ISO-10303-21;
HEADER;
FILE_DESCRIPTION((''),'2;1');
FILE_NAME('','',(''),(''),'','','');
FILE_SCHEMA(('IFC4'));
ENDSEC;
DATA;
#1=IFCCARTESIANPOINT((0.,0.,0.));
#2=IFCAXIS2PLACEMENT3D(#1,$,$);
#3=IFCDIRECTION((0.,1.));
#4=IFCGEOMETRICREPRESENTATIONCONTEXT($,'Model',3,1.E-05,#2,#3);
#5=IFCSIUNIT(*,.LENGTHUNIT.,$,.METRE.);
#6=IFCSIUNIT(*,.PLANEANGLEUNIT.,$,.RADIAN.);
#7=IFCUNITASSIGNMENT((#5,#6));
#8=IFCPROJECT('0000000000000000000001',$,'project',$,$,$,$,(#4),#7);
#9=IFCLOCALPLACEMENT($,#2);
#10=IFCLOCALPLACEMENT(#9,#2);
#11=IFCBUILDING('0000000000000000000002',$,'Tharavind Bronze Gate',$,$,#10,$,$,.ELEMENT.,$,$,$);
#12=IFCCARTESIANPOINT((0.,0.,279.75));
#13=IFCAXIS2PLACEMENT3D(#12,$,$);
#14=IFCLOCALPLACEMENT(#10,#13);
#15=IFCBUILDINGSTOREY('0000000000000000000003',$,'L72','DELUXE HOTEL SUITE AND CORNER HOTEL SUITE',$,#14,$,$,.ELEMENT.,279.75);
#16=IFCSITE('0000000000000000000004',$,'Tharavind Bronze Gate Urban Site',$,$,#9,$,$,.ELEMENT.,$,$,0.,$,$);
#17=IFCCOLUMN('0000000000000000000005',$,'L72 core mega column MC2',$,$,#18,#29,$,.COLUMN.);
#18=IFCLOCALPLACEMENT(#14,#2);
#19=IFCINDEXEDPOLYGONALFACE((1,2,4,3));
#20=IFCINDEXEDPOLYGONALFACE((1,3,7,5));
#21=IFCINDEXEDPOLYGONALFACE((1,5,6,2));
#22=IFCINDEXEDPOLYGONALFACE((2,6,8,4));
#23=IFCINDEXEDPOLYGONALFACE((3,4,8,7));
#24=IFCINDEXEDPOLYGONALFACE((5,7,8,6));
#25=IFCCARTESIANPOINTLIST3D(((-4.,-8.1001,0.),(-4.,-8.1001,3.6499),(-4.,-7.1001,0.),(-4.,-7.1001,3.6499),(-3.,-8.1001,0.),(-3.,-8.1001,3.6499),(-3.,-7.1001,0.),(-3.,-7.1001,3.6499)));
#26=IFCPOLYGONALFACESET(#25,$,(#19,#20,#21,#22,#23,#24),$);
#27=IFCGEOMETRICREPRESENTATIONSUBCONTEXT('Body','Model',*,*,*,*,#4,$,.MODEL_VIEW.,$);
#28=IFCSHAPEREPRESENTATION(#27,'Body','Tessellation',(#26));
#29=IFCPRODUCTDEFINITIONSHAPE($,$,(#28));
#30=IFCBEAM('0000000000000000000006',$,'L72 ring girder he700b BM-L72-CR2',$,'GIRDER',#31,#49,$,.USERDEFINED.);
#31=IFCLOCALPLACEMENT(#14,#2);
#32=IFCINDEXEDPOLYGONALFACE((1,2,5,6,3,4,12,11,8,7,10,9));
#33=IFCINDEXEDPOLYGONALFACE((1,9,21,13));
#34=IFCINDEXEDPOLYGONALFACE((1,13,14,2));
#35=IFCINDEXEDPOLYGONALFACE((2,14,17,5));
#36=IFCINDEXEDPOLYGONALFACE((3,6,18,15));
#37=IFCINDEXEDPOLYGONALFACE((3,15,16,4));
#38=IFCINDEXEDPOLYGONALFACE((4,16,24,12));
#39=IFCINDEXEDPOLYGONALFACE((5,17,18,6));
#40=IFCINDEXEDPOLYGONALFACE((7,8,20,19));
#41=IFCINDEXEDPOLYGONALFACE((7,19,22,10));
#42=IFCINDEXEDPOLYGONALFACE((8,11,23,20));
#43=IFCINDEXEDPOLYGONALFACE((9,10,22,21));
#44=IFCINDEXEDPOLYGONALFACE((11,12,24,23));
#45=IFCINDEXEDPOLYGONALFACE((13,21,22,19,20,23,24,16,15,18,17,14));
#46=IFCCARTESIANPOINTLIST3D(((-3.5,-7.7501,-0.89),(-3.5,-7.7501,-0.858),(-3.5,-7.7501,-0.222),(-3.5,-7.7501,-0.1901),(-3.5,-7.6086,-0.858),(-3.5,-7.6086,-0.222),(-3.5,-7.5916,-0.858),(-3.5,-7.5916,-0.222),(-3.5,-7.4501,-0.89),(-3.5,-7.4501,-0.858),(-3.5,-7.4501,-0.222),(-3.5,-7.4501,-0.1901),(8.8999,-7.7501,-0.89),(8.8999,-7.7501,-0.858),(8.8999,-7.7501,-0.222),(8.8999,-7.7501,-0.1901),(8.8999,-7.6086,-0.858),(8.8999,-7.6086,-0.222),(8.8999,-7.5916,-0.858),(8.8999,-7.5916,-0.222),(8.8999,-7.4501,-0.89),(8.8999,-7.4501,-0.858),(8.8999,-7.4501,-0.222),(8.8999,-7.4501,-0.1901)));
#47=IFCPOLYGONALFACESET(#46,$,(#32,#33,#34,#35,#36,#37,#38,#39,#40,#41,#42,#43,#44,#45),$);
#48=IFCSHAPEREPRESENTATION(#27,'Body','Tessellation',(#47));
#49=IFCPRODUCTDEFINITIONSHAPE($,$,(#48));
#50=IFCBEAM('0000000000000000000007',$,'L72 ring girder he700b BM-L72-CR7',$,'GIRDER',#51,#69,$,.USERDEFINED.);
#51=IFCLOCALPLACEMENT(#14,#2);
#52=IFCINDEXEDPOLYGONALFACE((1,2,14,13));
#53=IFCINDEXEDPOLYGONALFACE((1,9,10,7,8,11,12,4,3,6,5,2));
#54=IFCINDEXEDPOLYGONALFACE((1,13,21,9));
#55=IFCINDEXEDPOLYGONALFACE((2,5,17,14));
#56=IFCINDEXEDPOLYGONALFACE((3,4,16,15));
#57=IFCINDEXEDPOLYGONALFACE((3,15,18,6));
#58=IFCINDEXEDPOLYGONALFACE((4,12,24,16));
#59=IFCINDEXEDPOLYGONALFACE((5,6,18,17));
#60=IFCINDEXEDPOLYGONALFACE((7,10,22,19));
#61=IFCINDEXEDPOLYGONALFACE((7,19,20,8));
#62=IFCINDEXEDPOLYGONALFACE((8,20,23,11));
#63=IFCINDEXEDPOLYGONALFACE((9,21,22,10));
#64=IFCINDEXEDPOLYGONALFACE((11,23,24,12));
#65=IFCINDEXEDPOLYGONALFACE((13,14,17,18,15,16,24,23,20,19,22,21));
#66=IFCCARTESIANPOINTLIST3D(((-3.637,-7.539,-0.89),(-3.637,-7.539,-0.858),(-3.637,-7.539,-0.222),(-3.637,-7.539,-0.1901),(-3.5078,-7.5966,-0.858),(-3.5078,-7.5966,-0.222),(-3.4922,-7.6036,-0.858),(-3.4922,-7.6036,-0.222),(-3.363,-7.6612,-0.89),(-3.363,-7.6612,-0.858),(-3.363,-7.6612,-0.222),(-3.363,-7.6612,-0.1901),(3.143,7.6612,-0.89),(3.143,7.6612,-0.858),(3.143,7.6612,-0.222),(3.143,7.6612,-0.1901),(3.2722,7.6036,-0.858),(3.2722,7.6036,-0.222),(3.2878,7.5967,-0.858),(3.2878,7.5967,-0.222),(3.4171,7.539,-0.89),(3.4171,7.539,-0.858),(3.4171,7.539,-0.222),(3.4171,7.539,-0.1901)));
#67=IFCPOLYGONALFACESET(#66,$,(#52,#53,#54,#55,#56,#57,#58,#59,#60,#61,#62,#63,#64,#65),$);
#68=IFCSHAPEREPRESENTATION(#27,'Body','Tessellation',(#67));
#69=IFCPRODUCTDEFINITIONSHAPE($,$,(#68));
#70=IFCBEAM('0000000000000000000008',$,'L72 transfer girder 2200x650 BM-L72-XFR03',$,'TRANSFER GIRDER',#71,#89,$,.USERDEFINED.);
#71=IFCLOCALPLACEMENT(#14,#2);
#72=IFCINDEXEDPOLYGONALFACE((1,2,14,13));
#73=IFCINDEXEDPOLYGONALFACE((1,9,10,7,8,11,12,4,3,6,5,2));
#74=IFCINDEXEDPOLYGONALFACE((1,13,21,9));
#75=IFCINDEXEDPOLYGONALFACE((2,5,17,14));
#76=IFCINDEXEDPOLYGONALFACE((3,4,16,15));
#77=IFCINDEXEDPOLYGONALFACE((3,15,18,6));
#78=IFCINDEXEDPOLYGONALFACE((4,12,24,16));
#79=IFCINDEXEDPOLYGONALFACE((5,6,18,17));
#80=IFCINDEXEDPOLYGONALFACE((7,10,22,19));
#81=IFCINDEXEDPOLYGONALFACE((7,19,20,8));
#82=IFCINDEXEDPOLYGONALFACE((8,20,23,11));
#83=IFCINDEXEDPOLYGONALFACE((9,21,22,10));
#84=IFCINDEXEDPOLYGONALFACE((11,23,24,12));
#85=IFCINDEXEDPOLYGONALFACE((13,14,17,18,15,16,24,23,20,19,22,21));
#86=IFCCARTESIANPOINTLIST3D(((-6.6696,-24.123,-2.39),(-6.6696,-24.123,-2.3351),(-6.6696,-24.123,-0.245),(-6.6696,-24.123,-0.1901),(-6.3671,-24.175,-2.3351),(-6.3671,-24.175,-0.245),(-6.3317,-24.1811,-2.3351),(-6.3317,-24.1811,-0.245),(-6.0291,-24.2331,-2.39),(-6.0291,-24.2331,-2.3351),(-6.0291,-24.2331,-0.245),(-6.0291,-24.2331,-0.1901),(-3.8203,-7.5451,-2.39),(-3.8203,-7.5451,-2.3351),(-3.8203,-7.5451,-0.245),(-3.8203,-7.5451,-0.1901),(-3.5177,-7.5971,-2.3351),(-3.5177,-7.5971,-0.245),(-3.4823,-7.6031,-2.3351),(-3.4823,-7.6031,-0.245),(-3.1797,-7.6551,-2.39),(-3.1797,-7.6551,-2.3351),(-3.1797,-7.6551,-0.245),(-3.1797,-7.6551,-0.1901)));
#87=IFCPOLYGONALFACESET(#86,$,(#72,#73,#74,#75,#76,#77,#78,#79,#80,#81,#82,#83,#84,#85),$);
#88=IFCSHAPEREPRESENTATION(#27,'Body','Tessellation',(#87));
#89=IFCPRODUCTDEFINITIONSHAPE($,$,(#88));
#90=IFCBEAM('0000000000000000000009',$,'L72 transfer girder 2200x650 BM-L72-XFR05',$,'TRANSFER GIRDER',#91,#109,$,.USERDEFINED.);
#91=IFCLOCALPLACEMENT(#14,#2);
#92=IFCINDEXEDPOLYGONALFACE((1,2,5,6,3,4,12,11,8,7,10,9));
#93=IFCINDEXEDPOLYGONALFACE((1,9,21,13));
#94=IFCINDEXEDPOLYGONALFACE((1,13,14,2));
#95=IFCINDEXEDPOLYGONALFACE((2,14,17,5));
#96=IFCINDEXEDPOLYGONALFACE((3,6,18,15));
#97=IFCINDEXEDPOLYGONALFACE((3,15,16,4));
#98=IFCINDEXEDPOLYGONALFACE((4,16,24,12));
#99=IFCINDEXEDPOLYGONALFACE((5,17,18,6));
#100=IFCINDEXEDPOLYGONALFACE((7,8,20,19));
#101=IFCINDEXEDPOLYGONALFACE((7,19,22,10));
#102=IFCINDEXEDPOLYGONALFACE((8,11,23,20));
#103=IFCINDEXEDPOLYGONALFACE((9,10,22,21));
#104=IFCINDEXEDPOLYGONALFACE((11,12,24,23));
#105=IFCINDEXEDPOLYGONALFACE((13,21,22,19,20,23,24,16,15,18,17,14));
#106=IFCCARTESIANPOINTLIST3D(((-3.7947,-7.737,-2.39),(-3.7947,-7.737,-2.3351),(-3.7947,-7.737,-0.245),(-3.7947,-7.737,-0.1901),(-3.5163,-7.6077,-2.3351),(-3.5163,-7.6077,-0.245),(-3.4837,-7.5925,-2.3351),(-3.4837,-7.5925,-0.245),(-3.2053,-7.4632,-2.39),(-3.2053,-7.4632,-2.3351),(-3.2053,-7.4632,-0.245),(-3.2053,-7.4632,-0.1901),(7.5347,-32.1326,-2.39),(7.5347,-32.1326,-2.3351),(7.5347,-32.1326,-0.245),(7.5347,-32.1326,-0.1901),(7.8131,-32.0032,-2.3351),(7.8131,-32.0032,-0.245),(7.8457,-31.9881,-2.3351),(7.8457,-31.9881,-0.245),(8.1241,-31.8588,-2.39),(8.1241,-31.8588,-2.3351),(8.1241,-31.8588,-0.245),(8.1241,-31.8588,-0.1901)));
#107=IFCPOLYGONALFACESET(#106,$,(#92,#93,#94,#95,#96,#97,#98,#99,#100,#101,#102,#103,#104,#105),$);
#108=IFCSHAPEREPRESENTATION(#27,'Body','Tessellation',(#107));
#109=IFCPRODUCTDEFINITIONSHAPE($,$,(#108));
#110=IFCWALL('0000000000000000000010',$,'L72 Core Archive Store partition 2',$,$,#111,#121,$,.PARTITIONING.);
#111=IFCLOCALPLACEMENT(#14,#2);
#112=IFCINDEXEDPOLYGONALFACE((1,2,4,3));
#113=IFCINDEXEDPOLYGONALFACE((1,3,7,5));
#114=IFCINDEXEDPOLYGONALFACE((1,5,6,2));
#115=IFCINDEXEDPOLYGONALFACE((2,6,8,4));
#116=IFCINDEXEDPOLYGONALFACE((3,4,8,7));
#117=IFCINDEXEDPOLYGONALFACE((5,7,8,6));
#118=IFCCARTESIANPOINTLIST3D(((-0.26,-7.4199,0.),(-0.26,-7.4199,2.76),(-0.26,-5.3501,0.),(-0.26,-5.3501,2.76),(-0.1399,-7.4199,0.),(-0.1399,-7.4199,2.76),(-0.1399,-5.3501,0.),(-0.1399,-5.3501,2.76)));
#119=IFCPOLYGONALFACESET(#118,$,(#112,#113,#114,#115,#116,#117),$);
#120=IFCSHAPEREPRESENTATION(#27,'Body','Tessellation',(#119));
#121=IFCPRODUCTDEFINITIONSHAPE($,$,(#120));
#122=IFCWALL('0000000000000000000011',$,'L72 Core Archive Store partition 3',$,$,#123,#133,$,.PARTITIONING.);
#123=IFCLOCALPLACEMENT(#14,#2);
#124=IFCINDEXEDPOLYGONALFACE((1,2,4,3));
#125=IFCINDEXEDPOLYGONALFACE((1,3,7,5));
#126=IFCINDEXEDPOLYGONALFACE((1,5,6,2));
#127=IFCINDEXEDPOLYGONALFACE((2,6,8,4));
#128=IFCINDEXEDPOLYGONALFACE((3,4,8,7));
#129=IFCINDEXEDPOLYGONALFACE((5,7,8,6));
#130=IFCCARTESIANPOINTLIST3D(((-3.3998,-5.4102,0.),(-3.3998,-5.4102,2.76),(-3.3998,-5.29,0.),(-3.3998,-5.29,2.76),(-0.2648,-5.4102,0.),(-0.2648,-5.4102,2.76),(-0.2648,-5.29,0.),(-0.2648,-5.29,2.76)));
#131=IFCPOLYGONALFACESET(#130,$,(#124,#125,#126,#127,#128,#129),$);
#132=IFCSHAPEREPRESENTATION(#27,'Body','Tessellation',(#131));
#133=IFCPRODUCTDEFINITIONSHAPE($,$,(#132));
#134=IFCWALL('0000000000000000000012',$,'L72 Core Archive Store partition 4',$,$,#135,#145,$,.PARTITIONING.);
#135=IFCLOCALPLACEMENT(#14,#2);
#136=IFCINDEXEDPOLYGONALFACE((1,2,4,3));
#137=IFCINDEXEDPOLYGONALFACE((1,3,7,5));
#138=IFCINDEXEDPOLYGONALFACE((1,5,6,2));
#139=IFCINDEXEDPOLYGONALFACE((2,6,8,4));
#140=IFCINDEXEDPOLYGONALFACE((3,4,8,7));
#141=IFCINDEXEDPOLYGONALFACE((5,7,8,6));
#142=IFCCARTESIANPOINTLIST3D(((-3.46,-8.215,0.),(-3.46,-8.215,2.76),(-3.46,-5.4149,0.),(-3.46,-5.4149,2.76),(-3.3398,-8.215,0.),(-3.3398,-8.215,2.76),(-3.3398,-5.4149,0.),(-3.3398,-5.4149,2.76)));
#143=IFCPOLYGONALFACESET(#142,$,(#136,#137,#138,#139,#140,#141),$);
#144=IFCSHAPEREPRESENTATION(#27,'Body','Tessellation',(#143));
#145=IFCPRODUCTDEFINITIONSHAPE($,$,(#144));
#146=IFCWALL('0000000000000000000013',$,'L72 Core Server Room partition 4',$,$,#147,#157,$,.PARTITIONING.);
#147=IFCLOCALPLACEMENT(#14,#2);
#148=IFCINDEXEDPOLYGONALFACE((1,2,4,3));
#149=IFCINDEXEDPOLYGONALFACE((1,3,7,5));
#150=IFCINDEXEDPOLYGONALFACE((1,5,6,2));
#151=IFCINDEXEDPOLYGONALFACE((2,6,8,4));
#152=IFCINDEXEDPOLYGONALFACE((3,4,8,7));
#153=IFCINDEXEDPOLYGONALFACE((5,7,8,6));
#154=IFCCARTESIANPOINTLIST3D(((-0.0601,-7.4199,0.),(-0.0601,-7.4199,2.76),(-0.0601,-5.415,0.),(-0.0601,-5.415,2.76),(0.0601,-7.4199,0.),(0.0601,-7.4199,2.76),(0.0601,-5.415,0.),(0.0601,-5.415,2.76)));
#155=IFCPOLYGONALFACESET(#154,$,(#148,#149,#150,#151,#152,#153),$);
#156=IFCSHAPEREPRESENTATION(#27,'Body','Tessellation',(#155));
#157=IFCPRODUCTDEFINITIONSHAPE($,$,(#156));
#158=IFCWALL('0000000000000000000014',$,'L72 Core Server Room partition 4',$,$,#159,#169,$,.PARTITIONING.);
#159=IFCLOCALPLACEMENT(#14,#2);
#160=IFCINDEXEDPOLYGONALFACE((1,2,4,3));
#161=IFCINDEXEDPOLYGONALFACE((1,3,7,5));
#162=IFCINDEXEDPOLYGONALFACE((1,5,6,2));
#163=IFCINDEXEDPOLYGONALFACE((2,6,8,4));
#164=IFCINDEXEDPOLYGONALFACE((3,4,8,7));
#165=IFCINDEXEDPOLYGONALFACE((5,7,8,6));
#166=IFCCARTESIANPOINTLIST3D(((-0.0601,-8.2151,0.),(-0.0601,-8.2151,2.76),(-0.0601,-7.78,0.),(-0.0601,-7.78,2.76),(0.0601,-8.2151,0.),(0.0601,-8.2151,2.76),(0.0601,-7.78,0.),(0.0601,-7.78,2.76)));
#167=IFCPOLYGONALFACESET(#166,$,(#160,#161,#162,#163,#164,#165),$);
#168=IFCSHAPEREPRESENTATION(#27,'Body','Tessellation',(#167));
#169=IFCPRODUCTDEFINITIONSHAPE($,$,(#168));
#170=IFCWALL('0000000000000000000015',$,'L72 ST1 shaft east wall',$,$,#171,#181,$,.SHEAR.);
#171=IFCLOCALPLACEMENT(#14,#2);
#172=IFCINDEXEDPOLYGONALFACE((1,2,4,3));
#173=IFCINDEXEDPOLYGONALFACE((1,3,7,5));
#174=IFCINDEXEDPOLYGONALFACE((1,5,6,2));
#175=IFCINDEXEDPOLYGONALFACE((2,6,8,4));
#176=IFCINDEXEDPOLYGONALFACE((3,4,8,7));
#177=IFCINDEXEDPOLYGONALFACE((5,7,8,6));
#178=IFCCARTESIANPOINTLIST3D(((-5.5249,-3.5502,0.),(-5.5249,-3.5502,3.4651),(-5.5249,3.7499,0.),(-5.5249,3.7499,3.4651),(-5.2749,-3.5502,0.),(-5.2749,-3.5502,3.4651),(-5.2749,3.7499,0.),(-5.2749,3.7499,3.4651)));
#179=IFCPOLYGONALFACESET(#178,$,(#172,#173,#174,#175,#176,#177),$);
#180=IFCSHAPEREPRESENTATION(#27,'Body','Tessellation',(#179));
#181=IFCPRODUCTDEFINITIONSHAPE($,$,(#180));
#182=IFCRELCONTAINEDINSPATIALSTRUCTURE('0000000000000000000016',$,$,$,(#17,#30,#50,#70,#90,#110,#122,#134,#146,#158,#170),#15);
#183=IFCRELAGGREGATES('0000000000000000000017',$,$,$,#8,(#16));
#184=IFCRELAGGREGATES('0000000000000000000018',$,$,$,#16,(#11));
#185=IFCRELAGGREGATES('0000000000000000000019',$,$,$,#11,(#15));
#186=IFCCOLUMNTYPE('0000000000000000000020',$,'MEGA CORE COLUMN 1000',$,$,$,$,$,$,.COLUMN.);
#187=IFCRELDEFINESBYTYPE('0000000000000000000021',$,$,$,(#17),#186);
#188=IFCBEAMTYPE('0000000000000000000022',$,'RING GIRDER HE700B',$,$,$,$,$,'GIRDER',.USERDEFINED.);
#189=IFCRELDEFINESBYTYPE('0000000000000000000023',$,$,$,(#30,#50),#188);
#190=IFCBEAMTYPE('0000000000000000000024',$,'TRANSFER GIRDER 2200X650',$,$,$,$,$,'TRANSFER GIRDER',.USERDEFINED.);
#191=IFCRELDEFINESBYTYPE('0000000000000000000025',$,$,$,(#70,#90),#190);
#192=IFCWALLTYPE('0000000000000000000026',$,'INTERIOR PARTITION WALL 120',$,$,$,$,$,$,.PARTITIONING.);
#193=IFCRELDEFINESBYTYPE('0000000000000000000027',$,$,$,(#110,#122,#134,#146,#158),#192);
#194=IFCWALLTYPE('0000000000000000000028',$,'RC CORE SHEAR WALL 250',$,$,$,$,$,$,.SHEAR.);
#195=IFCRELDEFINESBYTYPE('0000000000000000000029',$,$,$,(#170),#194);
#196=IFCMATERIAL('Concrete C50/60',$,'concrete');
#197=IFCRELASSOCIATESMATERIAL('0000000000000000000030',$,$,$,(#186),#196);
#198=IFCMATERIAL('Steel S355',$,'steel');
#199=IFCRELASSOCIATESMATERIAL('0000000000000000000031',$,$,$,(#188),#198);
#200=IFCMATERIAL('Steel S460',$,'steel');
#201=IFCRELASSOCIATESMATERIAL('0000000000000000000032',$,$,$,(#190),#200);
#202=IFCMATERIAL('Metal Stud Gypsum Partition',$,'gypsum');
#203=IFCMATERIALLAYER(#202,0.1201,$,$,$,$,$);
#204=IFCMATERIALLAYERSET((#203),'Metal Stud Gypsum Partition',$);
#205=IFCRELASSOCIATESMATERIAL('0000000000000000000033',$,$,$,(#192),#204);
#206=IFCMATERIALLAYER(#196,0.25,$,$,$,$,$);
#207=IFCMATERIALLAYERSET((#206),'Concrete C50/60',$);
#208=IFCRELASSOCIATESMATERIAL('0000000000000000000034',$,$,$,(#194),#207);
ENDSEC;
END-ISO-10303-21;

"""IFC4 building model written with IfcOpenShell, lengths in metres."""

from ifc_helpers import new_model, si_unit, direction, frame, frame_2d, origin, origin_2d, place, context, subcontext, project, spatial, rectangle, i_section, extrude, material, layer, layer_set, material_profile, profile_set, type_object, element, save


model = new_model("IFC4")

# Units and contexts
model_context = context("Model", 3, precision=1e-05, world=origin(), true_north=direction((0.0, 1.0)))
body_context = subcontext(model_context, "Body", "Model", "MODEL_VIEW")
ifc_project = project(units=[si_unit("LENGTHUNIT", "METRE"), si_unit("PLANEANGLEUNIT", "RADIAN")], contexts=[model_context])

# Site, building, storey
site_placement = place(None, origin())
site = spatial("IfcSite", under=ifc_project, at=site_placement, Name="Tharavind Bronze Gate Urban Site", CompositionType="ELEMENT", RefElevation=0.0)
building_placement = place(site_placement, origin())
building = spatial("IfcBuilding", under=site, at=building_placement, Name="Tharavind Bronze Gate", CompositionType="ELEMENT")
storey_placement = place(building_placement, frame((0.0, 0.0, 279.75)))
storey = spatial("IfcBuildingStorey", under=building, at=storey_placement, Name="L72", Description="DELUXE HOTEL SUITE AND CORNER HOTEL SUITE", CompositionType="ELEMENT", Elevation=279.75)

# Column
ifc_material_1 = material(Name="Concrete C50/60", Category="concrete")
ifc_material_profile_1 = material_profile(ifc_material_1, rectangle(XDim=1.0, YDim=1.0, at=origin_2d()), Name="RCCOL1000")
ifc_profile_set_1 = profile_set([ifc_material_profile_1], Name="Concrete C50/60")
column_type = type_object("IfcColumnType", Name="MEGA CORE COLUMN 1000", PredefinedType="COLUMN", material=ifc_profile_set_1)
column_placement = place(storey_placement, frame((-3.5, -7.6001, 0.0), z_axis=(0.0, 0.0, 1.0), x_axis=(1.0, 0.0, 0.0)))
element("IfcColumn", 1, at=column_placement, inside=storey, type_object=column_type, Name="L72 core mega column MC2", PredefinedType="COLUMN", context=body_context, shape_type="SweptSolid", body=[
    extrude(rectangle(XDim=1.0, YDim=1.0, at=origin_2d()), origin(), (0.0, 0.0, 1.0), 3.6499),
])

# Beams
ifc_material_2 = material(Name="Steel S355", Category="steel")
ifc_material_profile_2 = material_profile(ifc_material_2, i_section(OverallWidth=0.3, OverallDepth=0.7, WebThickness=0.0171, FlangeThickness=0.032, at=origin_2d()), Name="HE700B")
ifc_profile_set_2 = profile_set([ifc_material_profile_2], Name="Steel S355")
beam_type_1 = type_object("IfcBeamType", Name="RING GIRDER HE700B", ElementType="GIRDER", PredefinedType="USERDEFINED", material=ifc_profile_set_2)
beam_1_placement = place(storey_placement, frame((-3.5, -7.6001, -0.54), z_axis=(1.0, 0.0, 0.0), x_axis=(0.0, 1.0, 0.0)))
element("IfcBeam", 2, at=beam_1_placement, inside=storey, type_object=beam_type_1, Name="L72 ring girder he700b BM-L72-CR2", ObjectType="GIRDER", PredefinedType="USERDEFINED", context=body_context, shape_type="SweptSolid", body=[
    extrude(i_section(OverallWidth=0.3, OverallDepth=0.7, WebThickness=0.0171, FlangeThickness=0.032, at=origin_2d()), origin(), (0.0, 0.0, 1.0), 12.3999),
])
beam_2_placement = place(storey_placement, frame((-3.5, -7.6001, -0.54), z_axis=(0.407362, 0.913267, 0.0), x_axis=(-0.913267, 0.407362, 0.0)))
element("IfcBeam", 3, at=beam_2_placement, inside=storey, type_object=beam_type_1, Name="L72 ring girder he700b BM-L72-CR7", ObjectType="GIRDER", PredefinedType="USERDEFINED", context=body_context, shape_type="SweptSolid", body=[
    extrude(i_section(OverallWidth=0.3, OverallDepth=0.7, WebThickness=0.0171, FlangeThickness=0.032, at=origin_2d()), origin(), (0.0, 0.0, 1.0), 16.6438),
])
ifc_material_3 = material(Name="Steel S460", Category="steel")
ifc_material_profile_3 = material_profile(ifc_material_3, i_section(OverallWidth=0.6499, OverallDepth=2.2, WebThickness=0.0359, FlangeThickness=0.0549, at=origin_2d()), Name="PG2200X650")
ifc_profile_set_3 = profile_set([ifc_material_profile_3], Name="Steel S460")
beam_type_2 = type_object("IfcBeamType", Name="TRANSFER GIRDER 2200X650", ElementType="TRANSFER GIRDER", PredefinedType="USERDEFINED", material=ifc_profile_set_3)
beam_3_placement = place(storey_placement, frame((-3.5, -7.6001, -1.29), z_axis=(-0.169394, -0.985548, 0.0), x_axis=(0.985548, -0.169394, 0.0)))
element("IfcBeam", 4, at=beam_3_placement, inside=storey, type_object=beam_type_2, Name="L72 transfer girder 2200x650 BM-L72-XFR03", ObjectType="TRANSFER GIRDER", PredefinedType="USERDEFINED", context=body_context, shape_type="SweptSolid", body=[
    extrude(i_section(OverallWidth=0.6499, OverallDepth=2.2, WebThickness=0.0359, FlangeThickness=0.0549, at=origin_2d()), origin(), (0.0, 0.0, 1.0), 16.821),
])
beam_4_placement = place(storey_placement, frame((-3.5, -7.6001, -1.29), z_axis=(0.421199, -0.906968, 0.0), x_axis=(0.906968, 0.421199, 0.0)))
element("IfcBeam", 5, at=beam_4_placement, inside=storey, type_object=beam_type_2, Name="L72 transfer girder 2200x650 BM-L72-XFR05", ObjectType="TRANSFER GIRDER", PredefinedType="USERDEFINED", context=body_context, shape_type="SweptSolid", body=[
    extrude(i_section(OverallWidth=0.6499, OverallDepth=2.2, WebThickness=0.0359, FlangeThickness=0.0549, at=origin_2d()), origin(), (0.0, 0.0, 1.0), 26.8979),
])

# Walls
ifc_material_4 = material(Name="Metal Stud Gypsum Partition", Category="gypsum")
ifc_layer_1 = layer(ifc_material_4, 0.1201)
ifc_layer_set_1 = layer_set([ifc_layer_1], Name="Metal Stud Gypsum Partition")
wall_type_1 = type_object("IfcWallType", Name="INTERIOR PARTITION WALL 120", PredefinedType="PARTITIONING", material=ifc_layer_set_1)
wall_1_placement = place(storey_placement, frame((-0.2, -7.4199, 0.0), z_axis=(0.0, 0.0, 1.0), x_axis=(0.0, 1.0, 0.0)))
element("IfcWall", 6, at=wall_1_placement, inside=storey, type_object=wall_type_1, Name="L72 Core Archive Store partition 2", PredefinedType="PARTITIONING", context=body_context, shape_type="SweptSolid", body=[
    extrude(rectangle(XDim=2.0698, YDim=0.1201, at=frame_2d((1.0349, 0.0))), origin(), (0.0, 0.0, 1.0), 2.76),
])
wall_2_placement = place(storey_placement, frame((-0.2649, -5.3501, 0.0), z_axis=(0.0, 0.0, 1.0), x_axis=(-1.0, 0.0, 0.0)))
element("IfcWall", 7, at=wall_2_placement, inside=storey, type_object=wall_type_1, Name="L72 Core Archive Store partition 3", PredefinedType="PARTITIONING", context=body_context, shape_type="SweptSolid", body=[
    extrude(rectangle(XDim=3.135, YDim=0.1201, at=frame_2d((1.5674, 0.0))), origin(), (0.0, 0.0, 1.0), 2.76),
])
wall_3_placement = place(storey_placement, frame((-3.3999, -5.415, 0.0), z_axis=(0.0, 0.0, 1.0), x_axis=(0.0, -1.0, 0.0)))
element("IfcWall", 8, at=wall_3_placement, inside=storey, type_object=wall_type_1, Name="L72 Core Archive Store partition 4", PredefinedType="PARTITIONING", context=body_context, shape_type="SweptSolid", body=[
    extrude(rectangle(XDim=2.8, YDim=0.1201, at=frame_2d((1.3999, 0.0))), origin(), (0.0, 0.0, 1.0), 2.76),
])
wall_4_placement = place(storey_placement, frame((0.0, -5.415, 0.0), z_axis=(0.0, 0.0, 1.0), x_axis=(0.0, -1.0, 0.0)))
element("IfcWall", 9, at=wall_4_placement, inside=storey, type_object=wall_type_1, Name="L72 Core Server Room partition 4", PredefinedType="PARTITIONING", context=body_context, shape_type="SweptSolid", body=[
    extrude(rectangle(XDim=2.0049, YDim=0.1201, at=frame_2d((1.0024, 0.0))), origin(), (0.0, 0.0, 1.0), 2.76),
])
wall_5_placement = place(storey_placement, frame((0.0, -7.78, 0.0), z_axis=(0.0, 0.0, 1.0), x_axis=(0.0, -1.0, 0.0)))
element("IfcWall", 10, at=wall_5_placement, inside=storey, type_object=wall_type_1, Name="L72 Core Server Room partition 4", PredefinedType="PARTITIONING", context=body_context, shape_type="SweptSolid", body=[
    extrude(rectangle(XDim=0.4351, YDim=0.1201, at=frame_2d((0.2175, 0.0))), origin(), (0.0, 0.0, 1.0), 2.76),
])
ifc_layer_2 = layer(ifc_material_1, 0.25)
ifc_layer_set_2 = layer_set([ifc_layer_2], Name="Concrete C50/60")
wall_type_2 = type_object("IfcWallType", Name="RC CORE SHEAR WALL 250", PredefinedType="SHEAR", material=ifc_layer_set_2)
wall_6_placement = place(storey_placement, frame((-5.3999, -3.55, 0.0), z_axis=(0.0, 0.0, 1.0), x_axis=(0.0, 1.0, 0.0)))
element("IfcWall", 11, at=wall_6_placement, inside=storey, type_object=wall_type_2, Name="L72 ST1 shaft east wall", PredefinedType="SHEAR", context=body_context, shape_type="SweptSolid", body=[
    extrude(rectangle(XDim=7.3, YDim=0.25, at=frame_2d((3.6499, 0.0))), origin(), (0.0, 0.0, 1.0), 3.4651),
])

save(model, "model.ifc")
